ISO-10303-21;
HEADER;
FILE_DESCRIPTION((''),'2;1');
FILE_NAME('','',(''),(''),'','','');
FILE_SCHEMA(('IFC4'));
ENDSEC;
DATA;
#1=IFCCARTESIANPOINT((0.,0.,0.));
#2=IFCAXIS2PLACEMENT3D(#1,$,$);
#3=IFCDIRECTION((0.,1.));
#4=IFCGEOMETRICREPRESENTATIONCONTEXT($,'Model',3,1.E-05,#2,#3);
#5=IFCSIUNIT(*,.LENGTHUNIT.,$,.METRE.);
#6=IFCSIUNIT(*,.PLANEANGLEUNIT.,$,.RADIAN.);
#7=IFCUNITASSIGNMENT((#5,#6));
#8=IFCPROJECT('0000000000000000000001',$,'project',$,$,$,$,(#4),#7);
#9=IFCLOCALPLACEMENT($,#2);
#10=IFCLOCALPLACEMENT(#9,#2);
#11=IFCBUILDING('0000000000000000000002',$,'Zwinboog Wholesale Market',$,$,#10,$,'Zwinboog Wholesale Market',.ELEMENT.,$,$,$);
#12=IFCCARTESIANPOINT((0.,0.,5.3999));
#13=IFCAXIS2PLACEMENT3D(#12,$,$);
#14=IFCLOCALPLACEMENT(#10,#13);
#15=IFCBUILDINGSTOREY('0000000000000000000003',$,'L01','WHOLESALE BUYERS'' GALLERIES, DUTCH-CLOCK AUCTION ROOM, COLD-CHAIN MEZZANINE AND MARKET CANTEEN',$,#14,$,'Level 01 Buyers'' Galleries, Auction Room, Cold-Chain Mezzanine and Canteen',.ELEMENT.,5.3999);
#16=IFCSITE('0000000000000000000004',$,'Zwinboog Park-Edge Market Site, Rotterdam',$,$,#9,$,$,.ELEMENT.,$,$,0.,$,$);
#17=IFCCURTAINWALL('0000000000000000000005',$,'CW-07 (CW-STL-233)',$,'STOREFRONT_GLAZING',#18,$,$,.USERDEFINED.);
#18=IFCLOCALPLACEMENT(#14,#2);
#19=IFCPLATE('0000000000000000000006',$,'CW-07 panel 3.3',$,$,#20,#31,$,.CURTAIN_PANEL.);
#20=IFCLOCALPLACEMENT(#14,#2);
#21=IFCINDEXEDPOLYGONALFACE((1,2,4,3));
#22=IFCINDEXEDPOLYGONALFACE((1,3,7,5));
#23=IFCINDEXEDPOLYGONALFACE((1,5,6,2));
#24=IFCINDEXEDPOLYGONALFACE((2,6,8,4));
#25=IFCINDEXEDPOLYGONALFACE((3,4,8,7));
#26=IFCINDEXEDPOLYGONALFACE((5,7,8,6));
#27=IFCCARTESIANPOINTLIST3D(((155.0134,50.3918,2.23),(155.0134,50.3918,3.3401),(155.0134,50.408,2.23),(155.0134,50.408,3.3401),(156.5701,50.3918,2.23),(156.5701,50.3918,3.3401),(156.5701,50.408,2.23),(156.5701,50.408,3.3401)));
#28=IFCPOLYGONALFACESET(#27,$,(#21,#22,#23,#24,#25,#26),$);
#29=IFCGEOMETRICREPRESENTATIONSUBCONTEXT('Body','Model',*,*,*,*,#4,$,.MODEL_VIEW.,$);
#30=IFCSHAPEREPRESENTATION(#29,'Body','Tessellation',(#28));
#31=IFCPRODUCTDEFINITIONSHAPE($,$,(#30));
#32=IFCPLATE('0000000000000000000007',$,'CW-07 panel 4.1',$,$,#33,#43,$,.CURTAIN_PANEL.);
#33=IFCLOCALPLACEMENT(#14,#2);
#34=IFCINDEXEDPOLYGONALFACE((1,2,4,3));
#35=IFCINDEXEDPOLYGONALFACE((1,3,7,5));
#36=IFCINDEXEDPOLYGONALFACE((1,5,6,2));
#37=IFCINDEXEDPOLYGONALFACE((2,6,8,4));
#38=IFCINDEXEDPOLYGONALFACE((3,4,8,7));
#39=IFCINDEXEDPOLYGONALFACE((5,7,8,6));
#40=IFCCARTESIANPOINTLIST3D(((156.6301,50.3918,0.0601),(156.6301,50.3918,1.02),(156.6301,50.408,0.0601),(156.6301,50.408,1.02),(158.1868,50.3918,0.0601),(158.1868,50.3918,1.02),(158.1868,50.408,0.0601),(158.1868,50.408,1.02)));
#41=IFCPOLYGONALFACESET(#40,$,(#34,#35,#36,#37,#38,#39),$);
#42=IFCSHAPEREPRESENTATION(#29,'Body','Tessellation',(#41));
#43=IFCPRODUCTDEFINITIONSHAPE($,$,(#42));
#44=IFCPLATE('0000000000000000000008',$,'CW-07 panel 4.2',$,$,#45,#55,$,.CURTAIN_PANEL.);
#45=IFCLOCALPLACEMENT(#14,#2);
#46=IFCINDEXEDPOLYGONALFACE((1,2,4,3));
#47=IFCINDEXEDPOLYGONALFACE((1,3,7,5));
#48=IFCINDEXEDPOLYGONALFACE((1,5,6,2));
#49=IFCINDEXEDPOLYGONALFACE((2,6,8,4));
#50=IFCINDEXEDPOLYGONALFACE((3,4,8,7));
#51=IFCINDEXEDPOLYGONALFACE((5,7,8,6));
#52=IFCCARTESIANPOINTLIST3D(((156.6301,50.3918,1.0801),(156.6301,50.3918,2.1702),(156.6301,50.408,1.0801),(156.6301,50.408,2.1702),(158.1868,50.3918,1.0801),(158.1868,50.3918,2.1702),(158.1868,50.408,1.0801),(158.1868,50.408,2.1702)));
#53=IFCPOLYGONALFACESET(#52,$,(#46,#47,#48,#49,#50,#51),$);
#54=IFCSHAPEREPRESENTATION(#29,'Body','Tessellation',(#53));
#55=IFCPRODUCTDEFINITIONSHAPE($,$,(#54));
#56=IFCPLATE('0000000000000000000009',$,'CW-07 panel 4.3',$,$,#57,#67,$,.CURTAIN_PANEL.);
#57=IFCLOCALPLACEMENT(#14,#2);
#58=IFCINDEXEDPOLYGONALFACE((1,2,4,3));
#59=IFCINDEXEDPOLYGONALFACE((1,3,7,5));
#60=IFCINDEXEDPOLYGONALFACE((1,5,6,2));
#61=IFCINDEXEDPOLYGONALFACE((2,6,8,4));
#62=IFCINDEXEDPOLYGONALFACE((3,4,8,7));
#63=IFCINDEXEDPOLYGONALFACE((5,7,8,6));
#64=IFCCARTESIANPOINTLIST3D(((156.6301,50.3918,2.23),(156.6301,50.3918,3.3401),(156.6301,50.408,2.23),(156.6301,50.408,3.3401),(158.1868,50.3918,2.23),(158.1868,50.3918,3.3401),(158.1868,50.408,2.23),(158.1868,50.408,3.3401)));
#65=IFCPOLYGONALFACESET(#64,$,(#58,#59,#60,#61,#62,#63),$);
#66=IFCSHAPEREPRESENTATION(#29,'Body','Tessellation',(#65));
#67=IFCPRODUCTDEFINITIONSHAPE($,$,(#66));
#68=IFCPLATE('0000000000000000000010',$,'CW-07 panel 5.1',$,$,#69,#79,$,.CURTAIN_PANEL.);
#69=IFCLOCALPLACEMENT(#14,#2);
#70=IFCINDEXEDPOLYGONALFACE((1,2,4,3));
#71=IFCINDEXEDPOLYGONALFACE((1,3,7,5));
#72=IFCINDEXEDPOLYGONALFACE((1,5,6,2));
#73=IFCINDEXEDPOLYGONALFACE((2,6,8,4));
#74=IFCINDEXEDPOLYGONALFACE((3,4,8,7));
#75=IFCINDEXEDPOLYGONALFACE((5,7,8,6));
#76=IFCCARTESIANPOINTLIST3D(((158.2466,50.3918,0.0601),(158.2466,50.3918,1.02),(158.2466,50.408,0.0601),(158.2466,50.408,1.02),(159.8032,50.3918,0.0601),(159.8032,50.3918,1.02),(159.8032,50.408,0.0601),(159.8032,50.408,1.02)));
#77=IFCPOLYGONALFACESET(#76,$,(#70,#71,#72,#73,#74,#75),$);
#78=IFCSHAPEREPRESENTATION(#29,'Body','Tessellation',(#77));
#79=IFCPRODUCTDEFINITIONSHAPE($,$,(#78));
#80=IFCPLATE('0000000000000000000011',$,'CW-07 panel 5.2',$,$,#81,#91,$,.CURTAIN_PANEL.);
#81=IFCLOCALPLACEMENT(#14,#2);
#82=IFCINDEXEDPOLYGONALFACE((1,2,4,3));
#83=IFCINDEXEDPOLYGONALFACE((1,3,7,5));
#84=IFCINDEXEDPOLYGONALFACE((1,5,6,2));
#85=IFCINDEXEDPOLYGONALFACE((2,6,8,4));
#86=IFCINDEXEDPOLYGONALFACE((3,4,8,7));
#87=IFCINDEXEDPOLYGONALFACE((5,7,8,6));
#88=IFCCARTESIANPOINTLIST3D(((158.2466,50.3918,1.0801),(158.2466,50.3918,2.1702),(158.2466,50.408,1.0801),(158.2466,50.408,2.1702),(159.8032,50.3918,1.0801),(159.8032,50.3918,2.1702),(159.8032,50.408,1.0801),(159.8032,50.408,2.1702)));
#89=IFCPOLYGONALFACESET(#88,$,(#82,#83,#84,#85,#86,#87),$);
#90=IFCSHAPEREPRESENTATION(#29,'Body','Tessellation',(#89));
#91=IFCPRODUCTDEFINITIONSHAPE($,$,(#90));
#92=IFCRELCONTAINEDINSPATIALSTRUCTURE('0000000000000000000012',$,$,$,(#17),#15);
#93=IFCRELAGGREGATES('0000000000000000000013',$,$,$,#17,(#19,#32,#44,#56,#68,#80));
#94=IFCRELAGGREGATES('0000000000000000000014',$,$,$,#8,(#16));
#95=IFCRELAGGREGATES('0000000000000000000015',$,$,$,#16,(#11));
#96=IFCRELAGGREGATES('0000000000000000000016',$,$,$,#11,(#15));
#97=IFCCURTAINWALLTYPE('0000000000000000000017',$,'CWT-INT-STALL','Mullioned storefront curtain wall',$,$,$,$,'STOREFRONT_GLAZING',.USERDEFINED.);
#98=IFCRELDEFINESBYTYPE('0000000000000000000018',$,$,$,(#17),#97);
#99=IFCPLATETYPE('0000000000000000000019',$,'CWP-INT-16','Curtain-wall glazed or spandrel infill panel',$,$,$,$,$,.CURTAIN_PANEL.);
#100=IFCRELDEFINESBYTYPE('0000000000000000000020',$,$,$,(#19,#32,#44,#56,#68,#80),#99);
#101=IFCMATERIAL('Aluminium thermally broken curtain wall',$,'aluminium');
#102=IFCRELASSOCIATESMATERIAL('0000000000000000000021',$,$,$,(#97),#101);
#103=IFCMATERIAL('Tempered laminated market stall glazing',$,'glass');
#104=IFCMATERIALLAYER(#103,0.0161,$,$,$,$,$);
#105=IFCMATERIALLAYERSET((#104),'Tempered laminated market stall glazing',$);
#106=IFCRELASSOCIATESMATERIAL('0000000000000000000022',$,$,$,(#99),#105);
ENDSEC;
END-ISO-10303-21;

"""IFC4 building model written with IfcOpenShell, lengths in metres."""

from ifc_helpers import new_model, si_unit, direction, frame, origin, origin_2d, place, context, subcontext, project, spatial, rectangle, extrude, material, layer, layer_set, type_object, element, aggregate, save


model = new_model("IFC4")

# Units and contexts
model_context = context("Model", 3, precision=1e-05, world=origin(), true_north=direction((0.0, 1.0)))
body_context = subcontext(model_context, "Body", "Model", "MODEL_VIEW")
ifc_project = project(units=[si_unit("LENGTHUNIT", "METRE"), si_unit("PLANEANGLEUNIT", "RADIAN")], contexts=[model_context])

# Site, building, storey
site_placement = place(None, origin())
site = spatial("IfcSite", under=ifc_project, at=site_placement, Name="Zwinboog Park-Edge Market Site, Rotterdam", CompositionType="ELEMENT", RefElevation=0.0)
building_placement = place(site_placement, origin())
building = spatial("IfcBuilding", under=site, at=building_placement, Name="Zwinboog Wholesale Market", LongName="Zwinboog Wholesale Market", CompositionType="ELEMENT")
storey_placement = place(building_placement, frame((0.0, 0.0, 5.3999)))
storey = spatial("IfcBuildingStorey", under=building, at=storey_placement, Name="L01", Description="WHOLESALE BUYERS' GALLERIES, DUTCH-CLOCK AUCTION ROOM, COLD-CHAIN MEZZANINE AND MARKET CANTEEN", LongName="Level 01 Buyers' Galleries, Auction Room, Cold-Chain Mezzanine and Canteen", CompositionType="ELEMENT", Elevation=5.3999)

# Curtain wall, plates
ifc_material_1 = material(Name="Aluminium thermally broken curtain wall", Category="aluminium")
curtain_wall_type = type_object("IfcCurtainWallType", Name="CWT-INT-STALL", Description="Mullioned storefront curtain wall", ElementType="STOREFRONT_GLAZING", PredefinedType="USERDEFINED", material=ifc_material_1)
curtain_wall_placement = place(storey_placement, origin())
curtain_wall = element("IfcCurtainWall", 1, at=curtain_wall_placement, inside=storey, type_object=curtain_wall_type, Name="CW-07 (CW-STL-233)", ObjectType="STOREFRONT_GLAZING", PredefinedType="USERDEFINED")
ifc_material_2 = material(Name="Tempered laminated market stall glazing", Category="glass")
ifc_layer = layer(ifc_material_2, 0.0161)
ifc_layer_set = layer_set([ifc_layer], Name="Tempered laminated market stall glazing")
plate_type = type_object("IfcPlateType", Name="CWP-INT-16", Description="Curtain-wall glazed or spandrel infill panel", PredefinedType="CURTAIN_PANEL", material=ifc_layer_set)
plate_1_placement = place(storey_placement, frame((155.7917, 50.3999, 2.23), z_axis=(0.0, 0.0, 1.0), x_axis=(1.0, 0.0, 0.0)))
plate_1 = element("IfcPlate", 2, at=plate_1_placement, type_object=plate_type, Name="CW-07 panel 3.3", PredefinedType="CURTAIN_PANEL", context=body_context, shape_type="SweptSolid", body=[
    extrude(rectangle(XDim=1.5566, YDim=0.0161, at=origin_2d()), origin(), (0.0, 0.0, 1.0), 1.1101),
])
plate_2_placement = place(storey_placement, frame((157.4084, 50.3999, 0.0601), z_axis=(0.0, 0.0, 1.0), x_axis=(1.0, 0.0, 0.0)))
plate_2 = element("IfcPlate", 3, at=plate_2_placement, type_object=plate_type, Name="CW-07 panel 4.1", PredefinedType="CURTAIN_PANEL", context=body_context, shape_type="SweptSolid", body=[
    extrude(rectangle(XDim=1.5566, YDim=0.0161, at=origin_2d()), origin(), (0.0, 0.0, 1.0), 0.96),
])
plate_3_placement = place(storey_placement, frame((157.4084, 50.3999, 1.0801), z_axis=(0.0, 0.0, 1.0), x_axis=(1.0, 0.0, 0.0)))
plate_3 = element("IfcPlate", 4, at=plate_3_placement, type_object=plate_type, Name="CW-07 panel 4.2", PredefinedType="CURTAIN_PANEL", context=body_context, shape_type="SweptSolid", body=[
    extrude(rectangle(XDim=1.5566, YDim=0.0161, at=origin_2d()), origin(), (0.0, 0.0, 1.0), 1.0901),
])
plate_4_placement = place(storey_placement, frame((157.4084, 50.3999, 2.23), z_axis=(0.0, 0.0, 1.0), x_axis=(1.0, 0.0, 0.0)))
plate_4 = element("IfcPlate", 5, at=plate_4_placement, type_object=plate_type, Name="CW-07 panel 4.3", PredefinedType="CURTAIN_PANEL", context=body_context, shape_type="SweptSolid", body=[
    extrude(rectangle(XDim=1.5566, YDim=0.0161, at=origin_2d()), origin(), (0.0, 0.0, 1.0), 1.1101),
])
plate_5_placement = place(storey_placement, frame((159.0249, 50.3999, 0.0601), z_axis=(0.0, 0.0, 1.0), x_axis=(1.0, 0.0, 0.0)))
plate_5 = element("IfcPlate", 6, at=plate_5_placement, type_object=plate_type, Name="CW-07 panel 5.1", PredefinedType="CURTAIN_PANEL", context=body_context, shape_type="SweptSolid", body=[
    extrude(rectangle(XDim=1.5566, YDim=0.0161, at=origin_2d()), origin(), (0.0, 0.0, 1.0), 0.96),
])
plate_6_placement = place(storey_placement, frame((159.0249, 50.3999, 1.0801), z_axis=(0.0, 0.0, 1.0), x_axis=(1.0, 0.0, 0.0)))
plate_6 = element("IfcPlate", 7, at=plate_6_placement, type_object=plate_type, Name="CW-07 panel 5.2", PredefinedType="CURTAIN_PANEL", context=body_context, shape_type="SweptSolid", body=[
    extrude(rectangle(XDim=1.5566, YDim=0.0161, at=origin_2d()), origin(), (0.0, 0.0, 1.0), 1.0901),
])
aggregate(curtain_wall, [plate_1, plate_2, plate_3, plate_4, plate_5, plate_6])

save(model, "model.ifc")
